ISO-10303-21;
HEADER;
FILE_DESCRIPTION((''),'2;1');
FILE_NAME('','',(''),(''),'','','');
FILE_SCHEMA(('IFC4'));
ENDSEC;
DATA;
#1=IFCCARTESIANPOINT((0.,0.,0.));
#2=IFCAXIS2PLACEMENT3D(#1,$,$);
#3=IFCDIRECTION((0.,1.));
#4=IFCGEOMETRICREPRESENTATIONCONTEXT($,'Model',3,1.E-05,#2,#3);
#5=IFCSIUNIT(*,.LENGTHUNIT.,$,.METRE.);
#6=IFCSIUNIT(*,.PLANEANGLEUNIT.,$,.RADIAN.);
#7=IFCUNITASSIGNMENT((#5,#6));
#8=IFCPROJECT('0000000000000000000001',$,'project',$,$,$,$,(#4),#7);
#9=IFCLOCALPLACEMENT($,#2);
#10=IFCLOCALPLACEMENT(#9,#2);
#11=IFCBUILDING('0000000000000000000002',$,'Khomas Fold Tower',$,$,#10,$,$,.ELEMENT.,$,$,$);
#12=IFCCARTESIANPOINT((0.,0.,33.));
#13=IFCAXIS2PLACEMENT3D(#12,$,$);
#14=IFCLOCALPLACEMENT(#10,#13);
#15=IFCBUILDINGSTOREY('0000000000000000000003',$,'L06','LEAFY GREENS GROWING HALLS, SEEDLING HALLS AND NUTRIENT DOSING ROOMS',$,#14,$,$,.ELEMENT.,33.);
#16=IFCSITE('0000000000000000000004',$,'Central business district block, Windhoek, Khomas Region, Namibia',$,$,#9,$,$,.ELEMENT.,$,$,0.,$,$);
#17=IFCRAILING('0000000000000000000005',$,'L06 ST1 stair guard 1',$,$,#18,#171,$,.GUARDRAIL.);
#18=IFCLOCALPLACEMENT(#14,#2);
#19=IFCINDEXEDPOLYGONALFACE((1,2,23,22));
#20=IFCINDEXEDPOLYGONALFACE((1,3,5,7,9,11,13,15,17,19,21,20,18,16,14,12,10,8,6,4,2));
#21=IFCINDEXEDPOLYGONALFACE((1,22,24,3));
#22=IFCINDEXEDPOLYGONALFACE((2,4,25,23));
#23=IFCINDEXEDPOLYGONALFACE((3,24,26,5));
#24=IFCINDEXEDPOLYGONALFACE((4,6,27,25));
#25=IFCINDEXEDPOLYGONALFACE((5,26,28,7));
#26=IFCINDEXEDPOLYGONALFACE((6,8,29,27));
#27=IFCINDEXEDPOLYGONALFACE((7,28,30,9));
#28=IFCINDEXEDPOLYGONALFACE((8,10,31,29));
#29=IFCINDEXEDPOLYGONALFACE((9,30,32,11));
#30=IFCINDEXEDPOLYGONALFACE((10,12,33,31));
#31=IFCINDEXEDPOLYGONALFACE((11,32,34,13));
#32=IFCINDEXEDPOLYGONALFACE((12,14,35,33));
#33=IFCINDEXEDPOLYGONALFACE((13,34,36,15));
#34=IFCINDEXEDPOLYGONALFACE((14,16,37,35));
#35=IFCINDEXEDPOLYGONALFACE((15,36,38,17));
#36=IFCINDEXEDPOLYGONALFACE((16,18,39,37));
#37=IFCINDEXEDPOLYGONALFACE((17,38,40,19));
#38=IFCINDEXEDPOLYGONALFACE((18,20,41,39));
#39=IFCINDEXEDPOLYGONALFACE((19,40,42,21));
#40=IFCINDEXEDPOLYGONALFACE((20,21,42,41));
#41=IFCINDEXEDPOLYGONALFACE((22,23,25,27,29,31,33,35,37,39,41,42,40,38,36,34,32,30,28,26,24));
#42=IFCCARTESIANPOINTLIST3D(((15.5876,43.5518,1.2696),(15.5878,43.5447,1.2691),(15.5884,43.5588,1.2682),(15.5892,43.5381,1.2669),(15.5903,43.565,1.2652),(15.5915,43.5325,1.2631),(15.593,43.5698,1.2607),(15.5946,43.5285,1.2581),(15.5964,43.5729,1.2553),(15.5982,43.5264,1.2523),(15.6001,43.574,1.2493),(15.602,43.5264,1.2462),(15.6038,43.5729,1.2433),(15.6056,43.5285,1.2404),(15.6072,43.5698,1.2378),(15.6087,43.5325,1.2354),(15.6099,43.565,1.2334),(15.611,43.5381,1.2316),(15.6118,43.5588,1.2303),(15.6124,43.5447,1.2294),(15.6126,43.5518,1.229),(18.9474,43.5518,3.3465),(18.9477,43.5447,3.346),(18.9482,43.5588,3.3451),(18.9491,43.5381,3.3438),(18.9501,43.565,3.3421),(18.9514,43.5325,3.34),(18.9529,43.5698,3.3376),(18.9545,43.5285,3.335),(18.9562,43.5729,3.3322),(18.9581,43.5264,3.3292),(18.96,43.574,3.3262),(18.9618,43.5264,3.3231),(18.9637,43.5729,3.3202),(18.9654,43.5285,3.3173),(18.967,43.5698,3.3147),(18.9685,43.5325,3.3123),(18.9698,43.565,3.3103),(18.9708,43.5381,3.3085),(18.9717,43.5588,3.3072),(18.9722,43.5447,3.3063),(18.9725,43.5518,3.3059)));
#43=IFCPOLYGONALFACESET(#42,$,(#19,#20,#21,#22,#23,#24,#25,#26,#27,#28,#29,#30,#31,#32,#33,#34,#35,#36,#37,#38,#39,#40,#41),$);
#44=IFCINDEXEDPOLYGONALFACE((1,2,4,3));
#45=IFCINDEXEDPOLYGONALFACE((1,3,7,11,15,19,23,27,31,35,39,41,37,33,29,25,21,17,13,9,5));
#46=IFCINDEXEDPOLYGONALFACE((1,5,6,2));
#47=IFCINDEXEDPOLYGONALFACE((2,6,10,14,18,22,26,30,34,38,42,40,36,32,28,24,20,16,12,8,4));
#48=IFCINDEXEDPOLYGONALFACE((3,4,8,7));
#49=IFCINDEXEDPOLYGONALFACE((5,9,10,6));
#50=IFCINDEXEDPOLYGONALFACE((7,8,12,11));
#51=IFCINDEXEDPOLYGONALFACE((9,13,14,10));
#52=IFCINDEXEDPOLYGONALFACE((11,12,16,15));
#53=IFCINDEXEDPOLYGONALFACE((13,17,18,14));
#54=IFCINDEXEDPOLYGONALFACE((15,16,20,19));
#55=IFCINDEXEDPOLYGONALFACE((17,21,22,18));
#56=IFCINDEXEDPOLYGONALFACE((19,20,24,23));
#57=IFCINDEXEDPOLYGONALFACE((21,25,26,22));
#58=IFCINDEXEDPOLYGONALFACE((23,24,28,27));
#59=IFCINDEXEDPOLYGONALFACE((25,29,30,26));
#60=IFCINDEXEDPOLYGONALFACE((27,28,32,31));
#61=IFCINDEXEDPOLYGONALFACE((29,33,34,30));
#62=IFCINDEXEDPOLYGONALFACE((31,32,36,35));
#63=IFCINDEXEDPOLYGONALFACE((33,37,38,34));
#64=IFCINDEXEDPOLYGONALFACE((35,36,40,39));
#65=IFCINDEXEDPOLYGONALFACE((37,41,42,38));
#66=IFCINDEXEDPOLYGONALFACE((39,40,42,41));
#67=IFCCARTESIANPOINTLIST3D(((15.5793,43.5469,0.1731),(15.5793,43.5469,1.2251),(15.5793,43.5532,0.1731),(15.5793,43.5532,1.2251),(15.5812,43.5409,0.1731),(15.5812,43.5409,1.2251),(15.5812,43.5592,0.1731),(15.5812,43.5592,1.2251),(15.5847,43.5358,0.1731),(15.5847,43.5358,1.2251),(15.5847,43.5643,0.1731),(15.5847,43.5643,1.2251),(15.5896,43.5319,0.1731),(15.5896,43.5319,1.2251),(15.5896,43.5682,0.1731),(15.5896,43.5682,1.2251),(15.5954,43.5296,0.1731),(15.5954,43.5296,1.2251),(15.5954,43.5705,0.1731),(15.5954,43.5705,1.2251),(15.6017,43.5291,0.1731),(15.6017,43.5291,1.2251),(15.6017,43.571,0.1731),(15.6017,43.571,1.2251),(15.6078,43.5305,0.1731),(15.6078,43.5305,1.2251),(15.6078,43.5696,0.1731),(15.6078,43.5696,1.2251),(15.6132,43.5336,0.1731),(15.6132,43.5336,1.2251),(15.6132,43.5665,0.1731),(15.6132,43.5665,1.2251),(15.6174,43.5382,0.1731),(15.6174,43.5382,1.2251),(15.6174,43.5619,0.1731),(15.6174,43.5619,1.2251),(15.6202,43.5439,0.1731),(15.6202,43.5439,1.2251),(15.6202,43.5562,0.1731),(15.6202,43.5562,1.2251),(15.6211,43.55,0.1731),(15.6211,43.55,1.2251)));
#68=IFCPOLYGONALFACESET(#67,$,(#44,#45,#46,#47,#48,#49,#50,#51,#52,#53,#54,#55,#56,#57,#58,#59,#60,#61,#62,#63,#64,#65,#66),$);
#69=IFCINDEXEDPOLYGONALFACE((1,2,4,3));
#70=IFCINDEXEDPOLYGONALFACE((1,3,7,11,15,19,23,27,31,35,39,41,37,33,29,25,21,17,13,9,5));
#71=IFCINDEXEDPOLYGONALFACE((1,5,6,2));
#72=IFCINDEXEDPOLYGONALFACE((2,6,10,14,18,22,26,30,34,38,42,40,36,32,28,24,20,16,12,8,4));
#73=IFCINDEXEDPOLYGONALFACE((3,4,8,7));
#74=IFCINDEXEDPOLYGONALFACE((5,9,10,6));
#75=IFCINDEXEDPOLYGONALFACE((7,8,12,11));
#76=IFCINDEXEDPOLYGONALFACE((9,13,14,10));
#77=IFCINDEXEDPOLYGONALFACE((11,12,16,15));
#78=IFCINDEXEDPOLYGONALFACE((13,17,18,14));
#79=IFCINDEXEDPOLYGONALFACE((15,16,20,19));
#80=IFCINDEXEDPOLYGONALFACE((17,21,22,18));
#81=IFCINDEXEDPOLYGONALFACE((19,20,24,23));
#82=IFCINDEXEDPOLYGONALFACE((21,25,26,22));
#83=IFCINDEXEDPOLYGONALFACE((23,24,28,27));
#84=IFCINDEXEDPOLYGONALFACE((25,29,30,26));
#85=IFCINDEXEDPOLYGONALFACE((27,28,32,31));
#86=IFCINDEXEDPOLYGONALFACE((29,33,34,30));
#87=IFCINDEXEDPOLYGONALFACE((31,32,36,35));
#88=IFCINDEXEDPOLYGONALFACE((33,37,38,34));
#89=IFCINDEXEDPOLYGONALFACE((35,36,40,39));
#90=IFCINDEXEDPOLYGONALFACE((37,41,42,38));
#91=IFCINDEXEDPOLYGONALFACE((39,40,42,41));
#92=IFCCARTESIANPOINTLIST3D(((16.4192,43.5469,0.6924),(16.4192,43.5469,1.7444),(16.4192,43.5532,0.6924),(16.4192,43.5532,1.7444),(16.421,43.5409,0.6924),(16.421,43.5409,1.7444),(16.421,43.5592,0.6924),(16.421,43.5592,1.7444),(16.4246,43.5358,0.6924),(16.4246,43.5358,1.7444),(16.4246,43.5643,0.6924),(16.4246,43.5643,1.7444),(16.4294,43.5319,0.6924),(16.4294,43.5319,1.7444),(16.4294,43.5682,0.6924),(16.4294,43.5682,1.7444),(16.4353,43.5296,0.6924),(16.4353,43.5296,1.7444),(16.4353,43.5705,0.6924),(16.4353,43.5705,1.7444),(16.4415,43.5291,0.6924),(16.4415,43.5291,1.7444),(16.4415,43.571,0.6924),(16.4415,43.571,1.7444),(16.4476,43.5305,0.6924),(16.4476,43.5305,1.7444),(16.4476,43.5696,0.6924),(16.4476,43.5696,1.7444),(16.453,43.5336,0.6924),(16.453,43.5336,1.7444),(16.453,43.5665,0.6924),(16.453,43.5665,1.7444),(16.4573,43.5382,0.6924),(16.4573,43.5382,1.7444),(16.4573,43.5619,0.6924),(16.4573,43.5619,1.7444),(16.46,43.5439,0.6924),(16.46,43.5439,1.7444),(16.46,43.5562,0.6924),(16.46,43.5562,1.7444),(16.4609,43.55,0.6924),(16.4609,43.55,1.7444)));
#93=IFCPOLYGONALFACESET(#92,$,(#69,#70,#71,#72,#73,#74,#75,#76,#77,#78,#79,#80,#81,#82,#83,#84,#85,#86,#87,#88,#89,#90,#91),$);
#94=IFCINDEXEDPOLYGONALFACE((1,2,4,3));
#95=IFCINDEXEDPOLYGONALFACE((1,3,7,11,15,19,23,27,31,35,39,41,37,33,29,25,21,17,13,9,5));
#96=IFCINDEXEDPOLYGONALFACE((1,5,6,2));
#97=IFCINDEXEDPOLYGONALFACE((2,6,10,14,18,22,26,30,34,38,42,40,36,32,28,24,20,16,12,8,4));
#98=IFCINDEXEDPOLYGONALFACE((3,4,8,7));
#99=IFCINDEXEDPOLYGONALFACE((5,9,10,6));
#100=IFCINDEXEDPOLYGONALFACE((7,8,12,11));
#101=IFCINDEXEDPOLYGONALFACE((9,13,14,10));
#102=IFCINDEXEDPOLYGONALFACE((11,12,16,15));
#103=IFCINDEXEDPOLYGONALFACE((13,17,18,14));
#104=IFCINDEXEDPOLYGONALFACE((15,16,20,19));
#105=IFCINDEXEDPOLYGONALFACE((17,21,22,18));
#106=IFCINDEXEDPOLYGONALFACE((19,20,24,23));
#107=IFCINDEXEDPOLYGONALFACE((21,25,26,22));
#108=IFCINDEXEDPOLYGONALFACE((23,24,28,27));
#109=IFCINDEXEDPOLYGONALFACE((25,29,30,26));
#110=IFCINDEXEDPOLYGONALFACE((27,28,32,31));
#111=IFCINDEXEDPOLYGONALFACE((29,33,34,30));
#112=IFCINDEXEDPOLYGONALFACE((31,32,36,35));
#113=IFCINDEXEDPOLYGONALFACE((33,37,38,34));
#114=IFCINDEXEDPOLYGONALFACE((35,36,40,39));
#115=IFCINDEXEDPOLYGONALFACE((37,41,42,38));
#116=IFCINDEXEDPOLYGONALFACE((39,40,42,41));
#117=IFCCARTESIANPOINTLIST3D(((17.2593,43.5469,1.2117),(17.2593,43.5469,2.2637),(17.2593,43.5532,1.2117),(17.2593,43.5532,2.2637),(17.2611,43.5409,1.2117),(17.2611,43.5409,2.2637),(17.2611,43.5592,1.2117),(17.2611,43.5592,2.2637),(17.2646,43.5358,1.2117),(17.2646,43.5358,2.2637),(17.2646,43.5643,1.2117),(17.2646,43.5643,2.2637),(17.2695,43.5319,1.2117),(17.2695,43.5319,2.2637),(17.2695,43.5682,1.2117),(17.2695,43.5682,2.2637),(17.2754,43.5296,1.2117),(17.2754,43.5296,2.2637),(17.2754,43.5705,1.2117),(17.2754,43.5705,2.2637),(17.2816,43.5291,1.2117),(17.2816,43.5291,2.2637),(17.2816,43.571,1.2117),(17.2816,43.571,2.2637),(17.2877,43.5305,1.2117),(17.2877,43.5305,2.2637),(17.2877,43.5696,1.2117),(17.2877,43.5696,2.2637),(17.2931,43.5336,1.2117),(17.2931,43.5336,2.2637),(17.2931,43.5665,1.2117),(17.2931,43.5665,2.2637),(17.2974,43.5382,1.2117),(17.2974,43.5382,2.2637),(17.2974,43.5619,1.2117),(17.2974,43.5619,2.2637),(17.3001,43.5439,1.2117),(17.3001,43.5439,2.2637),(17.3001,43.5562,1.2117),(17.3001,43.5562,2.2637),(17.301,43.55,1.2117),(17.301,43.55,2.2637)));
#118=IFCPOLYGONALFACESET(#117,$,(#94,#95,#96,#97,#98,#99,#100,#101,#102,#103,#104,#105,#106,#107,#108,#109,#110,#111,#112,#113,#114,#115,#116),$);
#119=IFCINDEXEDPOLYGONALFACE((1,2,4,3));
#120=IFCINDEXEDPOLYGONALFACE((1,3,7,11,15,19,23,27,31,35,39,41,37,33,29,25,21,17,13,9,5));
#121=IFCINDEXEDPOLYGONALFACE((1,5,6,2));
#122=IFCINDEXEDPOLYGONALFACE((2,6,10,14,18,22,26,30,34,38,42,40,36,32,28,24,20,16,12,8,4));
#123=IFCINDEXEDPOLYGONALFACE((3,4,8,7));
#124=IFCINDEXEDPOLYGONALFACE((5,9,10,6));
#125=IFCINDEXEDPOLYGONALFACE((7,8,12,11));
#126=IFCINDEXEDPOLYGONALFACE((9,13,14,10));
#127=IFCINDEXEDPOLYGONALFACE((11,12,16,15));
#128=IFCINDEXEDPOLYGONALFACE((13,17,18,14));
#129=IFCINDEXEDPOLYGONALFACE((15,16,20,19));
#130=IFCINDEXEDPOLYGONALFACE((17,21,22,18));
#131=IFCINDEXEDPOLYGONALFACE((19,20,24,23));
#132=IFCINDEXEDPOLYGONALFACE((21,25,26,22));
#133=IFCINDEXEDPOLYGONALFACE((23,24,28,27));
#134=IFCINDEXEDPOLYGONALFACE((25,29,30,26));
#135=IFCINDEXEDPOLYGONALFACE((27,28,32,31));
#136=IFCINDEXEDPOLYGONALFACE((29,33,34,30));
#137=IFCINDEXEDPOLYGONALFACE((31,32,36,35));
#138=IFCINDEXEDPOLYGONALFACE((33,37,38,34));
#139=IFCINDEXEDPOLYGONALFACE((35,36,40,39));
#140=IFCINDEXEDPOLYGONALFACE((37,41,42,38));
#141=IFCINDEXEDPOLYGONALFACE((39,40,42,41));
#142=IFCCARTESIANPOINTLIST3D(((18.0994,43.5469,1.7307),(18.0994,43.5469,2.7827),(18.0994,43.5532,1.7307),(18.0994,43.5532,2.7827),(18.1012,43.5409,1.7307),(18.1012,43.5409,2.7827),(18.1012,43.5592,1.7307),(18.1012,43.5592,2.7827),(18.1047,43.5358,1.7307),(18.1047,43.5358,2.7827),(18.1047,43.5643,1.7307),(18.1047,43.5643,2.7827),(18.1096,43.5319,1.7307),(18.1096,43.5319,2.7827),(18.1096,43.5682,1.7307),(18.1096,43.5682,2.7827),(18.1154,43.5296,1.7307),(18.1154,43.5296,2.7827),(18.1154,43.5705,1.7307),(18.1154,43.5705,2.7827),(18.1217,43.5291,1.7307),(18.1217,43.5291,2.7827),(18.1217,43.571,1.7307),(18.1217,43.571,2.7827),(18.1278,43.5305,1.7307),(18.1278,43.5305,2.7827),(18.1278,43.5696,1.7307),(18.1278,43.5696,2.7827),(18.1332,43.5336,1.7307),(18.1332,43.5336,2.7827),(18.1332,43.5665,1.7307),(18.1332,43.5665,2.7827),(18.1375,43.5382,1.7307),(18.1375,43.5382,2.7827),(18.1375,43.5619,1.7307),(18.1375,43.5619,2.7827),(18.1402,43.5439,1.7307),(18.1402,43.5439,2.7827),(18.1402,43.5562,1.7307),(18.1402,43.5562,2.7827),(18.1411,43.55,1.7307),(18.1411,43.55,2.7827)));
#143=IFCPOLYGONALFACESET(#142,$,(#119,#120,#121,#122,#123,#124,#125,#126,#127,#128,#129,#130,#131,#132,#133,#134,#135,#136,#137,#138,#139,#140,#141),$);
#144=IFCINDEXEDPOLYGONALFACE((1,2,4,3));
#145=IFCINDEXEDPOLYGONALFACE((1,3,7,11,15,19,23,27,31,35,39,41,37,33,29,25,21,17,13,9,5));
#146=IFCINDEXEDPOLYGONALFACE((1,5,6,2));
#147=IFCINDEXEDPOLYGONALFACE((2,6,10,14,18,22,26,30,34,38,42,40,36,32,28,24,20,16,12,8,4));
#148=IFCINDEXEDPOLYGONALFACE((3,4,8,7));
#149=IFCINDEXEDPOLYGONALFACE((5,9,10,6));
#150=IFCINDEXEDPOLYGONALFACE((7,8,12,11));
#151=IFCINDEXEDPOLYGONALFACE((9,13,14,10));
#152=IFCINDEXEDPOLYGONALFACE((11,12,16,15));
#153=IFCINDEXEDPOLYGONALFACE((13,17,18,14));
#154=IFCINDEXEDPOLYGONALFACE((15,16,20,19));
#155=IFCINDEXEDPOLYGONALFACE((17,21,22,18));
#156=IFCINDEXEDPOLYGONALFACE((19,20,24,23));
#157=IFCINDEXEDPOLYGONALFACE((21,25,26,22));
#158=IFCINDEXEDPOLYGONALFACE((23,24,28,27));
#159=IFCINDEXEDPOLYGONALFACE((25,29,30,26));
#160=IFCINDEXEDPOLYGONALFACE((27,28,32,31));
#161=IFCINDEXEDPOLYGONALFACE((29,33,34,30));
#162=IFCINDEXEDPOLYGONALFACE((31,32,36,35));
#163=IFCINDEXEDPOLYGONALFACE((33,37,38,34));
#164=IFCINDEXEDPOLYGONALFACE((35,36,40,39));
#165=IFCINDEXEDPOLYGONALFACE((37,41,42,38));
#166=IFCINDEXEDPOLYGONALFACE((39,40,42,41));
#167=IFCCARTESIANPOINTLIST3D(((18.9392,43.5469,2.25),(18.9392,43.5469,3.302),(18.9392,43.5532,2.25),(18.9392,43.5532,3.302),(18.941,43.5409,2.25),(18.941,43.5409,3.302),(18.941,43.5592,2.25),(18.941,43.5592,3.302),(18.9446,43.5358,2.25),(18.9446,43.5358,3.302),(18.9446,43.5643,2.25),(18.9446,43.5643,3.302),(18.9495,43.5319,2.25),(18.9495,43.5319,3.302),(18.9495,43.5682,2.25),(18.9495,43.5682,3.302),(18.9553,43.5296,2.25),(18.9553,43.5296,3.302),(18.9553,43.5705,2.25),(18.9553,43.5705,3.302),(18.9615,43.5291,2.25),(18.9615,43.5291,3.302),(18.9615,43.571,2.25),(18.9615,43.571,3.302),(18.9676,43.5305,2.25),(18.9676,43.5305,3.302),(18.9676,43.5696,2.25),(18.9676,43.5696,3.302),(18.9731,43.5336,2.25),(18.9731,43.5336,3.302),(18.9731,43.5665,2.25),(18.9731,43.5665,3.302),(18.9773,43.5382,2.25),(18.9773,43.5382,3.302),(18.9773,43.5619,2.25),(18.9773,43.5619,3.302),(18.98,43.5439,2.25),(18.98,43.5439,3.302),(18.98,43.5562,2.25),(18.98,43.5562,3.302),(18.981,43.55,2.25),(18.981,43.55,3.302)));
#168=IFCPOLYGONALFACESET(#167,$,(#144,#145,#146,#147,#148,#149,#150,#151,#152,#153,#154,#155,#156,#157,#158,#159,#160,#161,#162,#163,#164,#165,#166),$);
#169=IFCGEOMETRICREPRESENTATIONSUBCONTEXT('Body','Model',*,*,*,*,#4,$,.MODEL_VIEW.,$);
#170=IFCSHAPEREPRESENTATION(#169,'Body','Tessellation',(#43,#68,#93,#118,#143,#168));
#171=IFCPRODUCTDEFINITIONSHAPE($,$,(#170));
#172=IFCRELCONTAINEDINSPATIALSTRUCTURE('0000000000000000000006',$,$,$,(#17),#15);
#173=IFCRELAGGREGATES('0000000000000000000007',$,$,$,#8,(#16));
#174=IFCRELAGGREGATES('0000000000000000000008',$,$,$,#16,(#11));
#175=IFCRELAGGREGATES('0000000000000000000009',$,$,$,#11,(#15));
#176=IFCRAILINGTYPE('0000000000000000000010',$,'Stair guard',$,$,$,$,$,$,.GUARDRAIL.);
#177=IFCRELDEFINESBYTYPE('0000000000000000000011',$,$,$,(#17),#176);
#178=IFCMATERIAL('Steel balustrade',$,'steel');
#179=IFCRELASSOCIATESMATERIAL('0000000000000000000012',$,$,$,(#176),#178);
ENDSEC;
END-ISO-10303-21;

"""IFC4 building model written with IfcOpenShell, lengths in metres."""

from ifc_helpers import new_model, si_unit, direction, frame, origin, origin_2d, place, context, subcontext, project, spatial, circle, extrude, source, transform, mapped, material, type_object, element, save


model = new_model("IFC4")

# Units and contexts
model_context = context("Model", 3, precision=1e-05, world=origin(), true_north=direction((0.0, 1.0)))
body_context = subcontext(model_context, "Body", "Model", "MODEL_VIEW")
ifc_project = project(units=[si_unit("LENGTHUNIT", "METRE"), si_unit("PLANEANGLEUNIT", "RADIAN")], contexts=[model_context])

# Site, building, storey
site_placement = place(None, origin())
site = spatial("IfcSite", under=ifc_project, at=site_placement, Name="Central business district block, Windhoek, Khomas Region, Namibia", CompositionType="ELEMENT", RefElevation=0.0)
building_placement = place(site_placement, origin())
building = spatial("IfcBuilding", under=site, at=building_placement, Name="Khomas Fold Tower", CompositionType="ELEMENT")
storey_placement = place(building_placement, frame((0.0, 0.0, 33.0)))
storey = spatial("IfcBuildingStorey", under=building, at=storey_placement, Name="L06", Description="LEAFY GREENS GROWING HALLS, SEEDLING HALLS AND NUTRIENT DOSING ROOMS", CompositionType="ELEMENT", Elevation=33.0)

# Railing
ifc_material_1 = material(Name="Steel balustrade", Category="steel")
railing_type_1 = type_object("IfcRailingType", Name="Stair guard", PredefinedType="GUARDRAIL", material=ifc_material_1)
shared_shape_1 = source(origin(), body_context, "Body", "SweptSolid", [
    extrude(circle(Radius=0.0239, at=origin_2d()), frame((0.0, 0.0, 1.0762), z_axis=(0.850606, 0.0, 0.525803), x_axis=(0.0, 1.0, 0.0)), (0.0, 0.0, 1.0), 3.95),
    extrude(circle(Radius=0.021, at=origin_2d()), origin(), (0.0, 0.0, 1.0), 1.052),
    extrude(circle(Radius=0.021, at=origin_2d()), frame((0.8398, 0.0, 0.5193)), (0.0, 0.0, 1.0), 1.052),
    extrude(circle(Radius=0.021, at=origin_2d()), frame((1.6799, 0.0, 1.0386)), (0.0, 0.0, 1.0), 1.052),
    extrude(circle(Radius=0.021, at=origin_2d()), frame((2.52, 0.0, 1.5576)), (0.0, 0.0, 1.0), 1.052),
    extrude(circle(Radius=0.021, at=origin_2d()), frame((3.3599, 0.0, 2.0769)), (0.0, 0.0, 1.0), 1.052),
])
railing_1_placement = place(storey_placement, frame((15.6001, 43.55, 0.1731)))
element("IfcRailing", 1, at=railing_1_placement, inside=storey, type_object=railing_type_1, Name="L06 ST1 stair guard 1", PredefinedType="GUARDRAIL", context=body_context, shape_type="MappedRepresentation", body=[
    mapped(shared_shape_1, transform((0.0, 0.0, 0.0))),
])

save(model, "model.ifc")
